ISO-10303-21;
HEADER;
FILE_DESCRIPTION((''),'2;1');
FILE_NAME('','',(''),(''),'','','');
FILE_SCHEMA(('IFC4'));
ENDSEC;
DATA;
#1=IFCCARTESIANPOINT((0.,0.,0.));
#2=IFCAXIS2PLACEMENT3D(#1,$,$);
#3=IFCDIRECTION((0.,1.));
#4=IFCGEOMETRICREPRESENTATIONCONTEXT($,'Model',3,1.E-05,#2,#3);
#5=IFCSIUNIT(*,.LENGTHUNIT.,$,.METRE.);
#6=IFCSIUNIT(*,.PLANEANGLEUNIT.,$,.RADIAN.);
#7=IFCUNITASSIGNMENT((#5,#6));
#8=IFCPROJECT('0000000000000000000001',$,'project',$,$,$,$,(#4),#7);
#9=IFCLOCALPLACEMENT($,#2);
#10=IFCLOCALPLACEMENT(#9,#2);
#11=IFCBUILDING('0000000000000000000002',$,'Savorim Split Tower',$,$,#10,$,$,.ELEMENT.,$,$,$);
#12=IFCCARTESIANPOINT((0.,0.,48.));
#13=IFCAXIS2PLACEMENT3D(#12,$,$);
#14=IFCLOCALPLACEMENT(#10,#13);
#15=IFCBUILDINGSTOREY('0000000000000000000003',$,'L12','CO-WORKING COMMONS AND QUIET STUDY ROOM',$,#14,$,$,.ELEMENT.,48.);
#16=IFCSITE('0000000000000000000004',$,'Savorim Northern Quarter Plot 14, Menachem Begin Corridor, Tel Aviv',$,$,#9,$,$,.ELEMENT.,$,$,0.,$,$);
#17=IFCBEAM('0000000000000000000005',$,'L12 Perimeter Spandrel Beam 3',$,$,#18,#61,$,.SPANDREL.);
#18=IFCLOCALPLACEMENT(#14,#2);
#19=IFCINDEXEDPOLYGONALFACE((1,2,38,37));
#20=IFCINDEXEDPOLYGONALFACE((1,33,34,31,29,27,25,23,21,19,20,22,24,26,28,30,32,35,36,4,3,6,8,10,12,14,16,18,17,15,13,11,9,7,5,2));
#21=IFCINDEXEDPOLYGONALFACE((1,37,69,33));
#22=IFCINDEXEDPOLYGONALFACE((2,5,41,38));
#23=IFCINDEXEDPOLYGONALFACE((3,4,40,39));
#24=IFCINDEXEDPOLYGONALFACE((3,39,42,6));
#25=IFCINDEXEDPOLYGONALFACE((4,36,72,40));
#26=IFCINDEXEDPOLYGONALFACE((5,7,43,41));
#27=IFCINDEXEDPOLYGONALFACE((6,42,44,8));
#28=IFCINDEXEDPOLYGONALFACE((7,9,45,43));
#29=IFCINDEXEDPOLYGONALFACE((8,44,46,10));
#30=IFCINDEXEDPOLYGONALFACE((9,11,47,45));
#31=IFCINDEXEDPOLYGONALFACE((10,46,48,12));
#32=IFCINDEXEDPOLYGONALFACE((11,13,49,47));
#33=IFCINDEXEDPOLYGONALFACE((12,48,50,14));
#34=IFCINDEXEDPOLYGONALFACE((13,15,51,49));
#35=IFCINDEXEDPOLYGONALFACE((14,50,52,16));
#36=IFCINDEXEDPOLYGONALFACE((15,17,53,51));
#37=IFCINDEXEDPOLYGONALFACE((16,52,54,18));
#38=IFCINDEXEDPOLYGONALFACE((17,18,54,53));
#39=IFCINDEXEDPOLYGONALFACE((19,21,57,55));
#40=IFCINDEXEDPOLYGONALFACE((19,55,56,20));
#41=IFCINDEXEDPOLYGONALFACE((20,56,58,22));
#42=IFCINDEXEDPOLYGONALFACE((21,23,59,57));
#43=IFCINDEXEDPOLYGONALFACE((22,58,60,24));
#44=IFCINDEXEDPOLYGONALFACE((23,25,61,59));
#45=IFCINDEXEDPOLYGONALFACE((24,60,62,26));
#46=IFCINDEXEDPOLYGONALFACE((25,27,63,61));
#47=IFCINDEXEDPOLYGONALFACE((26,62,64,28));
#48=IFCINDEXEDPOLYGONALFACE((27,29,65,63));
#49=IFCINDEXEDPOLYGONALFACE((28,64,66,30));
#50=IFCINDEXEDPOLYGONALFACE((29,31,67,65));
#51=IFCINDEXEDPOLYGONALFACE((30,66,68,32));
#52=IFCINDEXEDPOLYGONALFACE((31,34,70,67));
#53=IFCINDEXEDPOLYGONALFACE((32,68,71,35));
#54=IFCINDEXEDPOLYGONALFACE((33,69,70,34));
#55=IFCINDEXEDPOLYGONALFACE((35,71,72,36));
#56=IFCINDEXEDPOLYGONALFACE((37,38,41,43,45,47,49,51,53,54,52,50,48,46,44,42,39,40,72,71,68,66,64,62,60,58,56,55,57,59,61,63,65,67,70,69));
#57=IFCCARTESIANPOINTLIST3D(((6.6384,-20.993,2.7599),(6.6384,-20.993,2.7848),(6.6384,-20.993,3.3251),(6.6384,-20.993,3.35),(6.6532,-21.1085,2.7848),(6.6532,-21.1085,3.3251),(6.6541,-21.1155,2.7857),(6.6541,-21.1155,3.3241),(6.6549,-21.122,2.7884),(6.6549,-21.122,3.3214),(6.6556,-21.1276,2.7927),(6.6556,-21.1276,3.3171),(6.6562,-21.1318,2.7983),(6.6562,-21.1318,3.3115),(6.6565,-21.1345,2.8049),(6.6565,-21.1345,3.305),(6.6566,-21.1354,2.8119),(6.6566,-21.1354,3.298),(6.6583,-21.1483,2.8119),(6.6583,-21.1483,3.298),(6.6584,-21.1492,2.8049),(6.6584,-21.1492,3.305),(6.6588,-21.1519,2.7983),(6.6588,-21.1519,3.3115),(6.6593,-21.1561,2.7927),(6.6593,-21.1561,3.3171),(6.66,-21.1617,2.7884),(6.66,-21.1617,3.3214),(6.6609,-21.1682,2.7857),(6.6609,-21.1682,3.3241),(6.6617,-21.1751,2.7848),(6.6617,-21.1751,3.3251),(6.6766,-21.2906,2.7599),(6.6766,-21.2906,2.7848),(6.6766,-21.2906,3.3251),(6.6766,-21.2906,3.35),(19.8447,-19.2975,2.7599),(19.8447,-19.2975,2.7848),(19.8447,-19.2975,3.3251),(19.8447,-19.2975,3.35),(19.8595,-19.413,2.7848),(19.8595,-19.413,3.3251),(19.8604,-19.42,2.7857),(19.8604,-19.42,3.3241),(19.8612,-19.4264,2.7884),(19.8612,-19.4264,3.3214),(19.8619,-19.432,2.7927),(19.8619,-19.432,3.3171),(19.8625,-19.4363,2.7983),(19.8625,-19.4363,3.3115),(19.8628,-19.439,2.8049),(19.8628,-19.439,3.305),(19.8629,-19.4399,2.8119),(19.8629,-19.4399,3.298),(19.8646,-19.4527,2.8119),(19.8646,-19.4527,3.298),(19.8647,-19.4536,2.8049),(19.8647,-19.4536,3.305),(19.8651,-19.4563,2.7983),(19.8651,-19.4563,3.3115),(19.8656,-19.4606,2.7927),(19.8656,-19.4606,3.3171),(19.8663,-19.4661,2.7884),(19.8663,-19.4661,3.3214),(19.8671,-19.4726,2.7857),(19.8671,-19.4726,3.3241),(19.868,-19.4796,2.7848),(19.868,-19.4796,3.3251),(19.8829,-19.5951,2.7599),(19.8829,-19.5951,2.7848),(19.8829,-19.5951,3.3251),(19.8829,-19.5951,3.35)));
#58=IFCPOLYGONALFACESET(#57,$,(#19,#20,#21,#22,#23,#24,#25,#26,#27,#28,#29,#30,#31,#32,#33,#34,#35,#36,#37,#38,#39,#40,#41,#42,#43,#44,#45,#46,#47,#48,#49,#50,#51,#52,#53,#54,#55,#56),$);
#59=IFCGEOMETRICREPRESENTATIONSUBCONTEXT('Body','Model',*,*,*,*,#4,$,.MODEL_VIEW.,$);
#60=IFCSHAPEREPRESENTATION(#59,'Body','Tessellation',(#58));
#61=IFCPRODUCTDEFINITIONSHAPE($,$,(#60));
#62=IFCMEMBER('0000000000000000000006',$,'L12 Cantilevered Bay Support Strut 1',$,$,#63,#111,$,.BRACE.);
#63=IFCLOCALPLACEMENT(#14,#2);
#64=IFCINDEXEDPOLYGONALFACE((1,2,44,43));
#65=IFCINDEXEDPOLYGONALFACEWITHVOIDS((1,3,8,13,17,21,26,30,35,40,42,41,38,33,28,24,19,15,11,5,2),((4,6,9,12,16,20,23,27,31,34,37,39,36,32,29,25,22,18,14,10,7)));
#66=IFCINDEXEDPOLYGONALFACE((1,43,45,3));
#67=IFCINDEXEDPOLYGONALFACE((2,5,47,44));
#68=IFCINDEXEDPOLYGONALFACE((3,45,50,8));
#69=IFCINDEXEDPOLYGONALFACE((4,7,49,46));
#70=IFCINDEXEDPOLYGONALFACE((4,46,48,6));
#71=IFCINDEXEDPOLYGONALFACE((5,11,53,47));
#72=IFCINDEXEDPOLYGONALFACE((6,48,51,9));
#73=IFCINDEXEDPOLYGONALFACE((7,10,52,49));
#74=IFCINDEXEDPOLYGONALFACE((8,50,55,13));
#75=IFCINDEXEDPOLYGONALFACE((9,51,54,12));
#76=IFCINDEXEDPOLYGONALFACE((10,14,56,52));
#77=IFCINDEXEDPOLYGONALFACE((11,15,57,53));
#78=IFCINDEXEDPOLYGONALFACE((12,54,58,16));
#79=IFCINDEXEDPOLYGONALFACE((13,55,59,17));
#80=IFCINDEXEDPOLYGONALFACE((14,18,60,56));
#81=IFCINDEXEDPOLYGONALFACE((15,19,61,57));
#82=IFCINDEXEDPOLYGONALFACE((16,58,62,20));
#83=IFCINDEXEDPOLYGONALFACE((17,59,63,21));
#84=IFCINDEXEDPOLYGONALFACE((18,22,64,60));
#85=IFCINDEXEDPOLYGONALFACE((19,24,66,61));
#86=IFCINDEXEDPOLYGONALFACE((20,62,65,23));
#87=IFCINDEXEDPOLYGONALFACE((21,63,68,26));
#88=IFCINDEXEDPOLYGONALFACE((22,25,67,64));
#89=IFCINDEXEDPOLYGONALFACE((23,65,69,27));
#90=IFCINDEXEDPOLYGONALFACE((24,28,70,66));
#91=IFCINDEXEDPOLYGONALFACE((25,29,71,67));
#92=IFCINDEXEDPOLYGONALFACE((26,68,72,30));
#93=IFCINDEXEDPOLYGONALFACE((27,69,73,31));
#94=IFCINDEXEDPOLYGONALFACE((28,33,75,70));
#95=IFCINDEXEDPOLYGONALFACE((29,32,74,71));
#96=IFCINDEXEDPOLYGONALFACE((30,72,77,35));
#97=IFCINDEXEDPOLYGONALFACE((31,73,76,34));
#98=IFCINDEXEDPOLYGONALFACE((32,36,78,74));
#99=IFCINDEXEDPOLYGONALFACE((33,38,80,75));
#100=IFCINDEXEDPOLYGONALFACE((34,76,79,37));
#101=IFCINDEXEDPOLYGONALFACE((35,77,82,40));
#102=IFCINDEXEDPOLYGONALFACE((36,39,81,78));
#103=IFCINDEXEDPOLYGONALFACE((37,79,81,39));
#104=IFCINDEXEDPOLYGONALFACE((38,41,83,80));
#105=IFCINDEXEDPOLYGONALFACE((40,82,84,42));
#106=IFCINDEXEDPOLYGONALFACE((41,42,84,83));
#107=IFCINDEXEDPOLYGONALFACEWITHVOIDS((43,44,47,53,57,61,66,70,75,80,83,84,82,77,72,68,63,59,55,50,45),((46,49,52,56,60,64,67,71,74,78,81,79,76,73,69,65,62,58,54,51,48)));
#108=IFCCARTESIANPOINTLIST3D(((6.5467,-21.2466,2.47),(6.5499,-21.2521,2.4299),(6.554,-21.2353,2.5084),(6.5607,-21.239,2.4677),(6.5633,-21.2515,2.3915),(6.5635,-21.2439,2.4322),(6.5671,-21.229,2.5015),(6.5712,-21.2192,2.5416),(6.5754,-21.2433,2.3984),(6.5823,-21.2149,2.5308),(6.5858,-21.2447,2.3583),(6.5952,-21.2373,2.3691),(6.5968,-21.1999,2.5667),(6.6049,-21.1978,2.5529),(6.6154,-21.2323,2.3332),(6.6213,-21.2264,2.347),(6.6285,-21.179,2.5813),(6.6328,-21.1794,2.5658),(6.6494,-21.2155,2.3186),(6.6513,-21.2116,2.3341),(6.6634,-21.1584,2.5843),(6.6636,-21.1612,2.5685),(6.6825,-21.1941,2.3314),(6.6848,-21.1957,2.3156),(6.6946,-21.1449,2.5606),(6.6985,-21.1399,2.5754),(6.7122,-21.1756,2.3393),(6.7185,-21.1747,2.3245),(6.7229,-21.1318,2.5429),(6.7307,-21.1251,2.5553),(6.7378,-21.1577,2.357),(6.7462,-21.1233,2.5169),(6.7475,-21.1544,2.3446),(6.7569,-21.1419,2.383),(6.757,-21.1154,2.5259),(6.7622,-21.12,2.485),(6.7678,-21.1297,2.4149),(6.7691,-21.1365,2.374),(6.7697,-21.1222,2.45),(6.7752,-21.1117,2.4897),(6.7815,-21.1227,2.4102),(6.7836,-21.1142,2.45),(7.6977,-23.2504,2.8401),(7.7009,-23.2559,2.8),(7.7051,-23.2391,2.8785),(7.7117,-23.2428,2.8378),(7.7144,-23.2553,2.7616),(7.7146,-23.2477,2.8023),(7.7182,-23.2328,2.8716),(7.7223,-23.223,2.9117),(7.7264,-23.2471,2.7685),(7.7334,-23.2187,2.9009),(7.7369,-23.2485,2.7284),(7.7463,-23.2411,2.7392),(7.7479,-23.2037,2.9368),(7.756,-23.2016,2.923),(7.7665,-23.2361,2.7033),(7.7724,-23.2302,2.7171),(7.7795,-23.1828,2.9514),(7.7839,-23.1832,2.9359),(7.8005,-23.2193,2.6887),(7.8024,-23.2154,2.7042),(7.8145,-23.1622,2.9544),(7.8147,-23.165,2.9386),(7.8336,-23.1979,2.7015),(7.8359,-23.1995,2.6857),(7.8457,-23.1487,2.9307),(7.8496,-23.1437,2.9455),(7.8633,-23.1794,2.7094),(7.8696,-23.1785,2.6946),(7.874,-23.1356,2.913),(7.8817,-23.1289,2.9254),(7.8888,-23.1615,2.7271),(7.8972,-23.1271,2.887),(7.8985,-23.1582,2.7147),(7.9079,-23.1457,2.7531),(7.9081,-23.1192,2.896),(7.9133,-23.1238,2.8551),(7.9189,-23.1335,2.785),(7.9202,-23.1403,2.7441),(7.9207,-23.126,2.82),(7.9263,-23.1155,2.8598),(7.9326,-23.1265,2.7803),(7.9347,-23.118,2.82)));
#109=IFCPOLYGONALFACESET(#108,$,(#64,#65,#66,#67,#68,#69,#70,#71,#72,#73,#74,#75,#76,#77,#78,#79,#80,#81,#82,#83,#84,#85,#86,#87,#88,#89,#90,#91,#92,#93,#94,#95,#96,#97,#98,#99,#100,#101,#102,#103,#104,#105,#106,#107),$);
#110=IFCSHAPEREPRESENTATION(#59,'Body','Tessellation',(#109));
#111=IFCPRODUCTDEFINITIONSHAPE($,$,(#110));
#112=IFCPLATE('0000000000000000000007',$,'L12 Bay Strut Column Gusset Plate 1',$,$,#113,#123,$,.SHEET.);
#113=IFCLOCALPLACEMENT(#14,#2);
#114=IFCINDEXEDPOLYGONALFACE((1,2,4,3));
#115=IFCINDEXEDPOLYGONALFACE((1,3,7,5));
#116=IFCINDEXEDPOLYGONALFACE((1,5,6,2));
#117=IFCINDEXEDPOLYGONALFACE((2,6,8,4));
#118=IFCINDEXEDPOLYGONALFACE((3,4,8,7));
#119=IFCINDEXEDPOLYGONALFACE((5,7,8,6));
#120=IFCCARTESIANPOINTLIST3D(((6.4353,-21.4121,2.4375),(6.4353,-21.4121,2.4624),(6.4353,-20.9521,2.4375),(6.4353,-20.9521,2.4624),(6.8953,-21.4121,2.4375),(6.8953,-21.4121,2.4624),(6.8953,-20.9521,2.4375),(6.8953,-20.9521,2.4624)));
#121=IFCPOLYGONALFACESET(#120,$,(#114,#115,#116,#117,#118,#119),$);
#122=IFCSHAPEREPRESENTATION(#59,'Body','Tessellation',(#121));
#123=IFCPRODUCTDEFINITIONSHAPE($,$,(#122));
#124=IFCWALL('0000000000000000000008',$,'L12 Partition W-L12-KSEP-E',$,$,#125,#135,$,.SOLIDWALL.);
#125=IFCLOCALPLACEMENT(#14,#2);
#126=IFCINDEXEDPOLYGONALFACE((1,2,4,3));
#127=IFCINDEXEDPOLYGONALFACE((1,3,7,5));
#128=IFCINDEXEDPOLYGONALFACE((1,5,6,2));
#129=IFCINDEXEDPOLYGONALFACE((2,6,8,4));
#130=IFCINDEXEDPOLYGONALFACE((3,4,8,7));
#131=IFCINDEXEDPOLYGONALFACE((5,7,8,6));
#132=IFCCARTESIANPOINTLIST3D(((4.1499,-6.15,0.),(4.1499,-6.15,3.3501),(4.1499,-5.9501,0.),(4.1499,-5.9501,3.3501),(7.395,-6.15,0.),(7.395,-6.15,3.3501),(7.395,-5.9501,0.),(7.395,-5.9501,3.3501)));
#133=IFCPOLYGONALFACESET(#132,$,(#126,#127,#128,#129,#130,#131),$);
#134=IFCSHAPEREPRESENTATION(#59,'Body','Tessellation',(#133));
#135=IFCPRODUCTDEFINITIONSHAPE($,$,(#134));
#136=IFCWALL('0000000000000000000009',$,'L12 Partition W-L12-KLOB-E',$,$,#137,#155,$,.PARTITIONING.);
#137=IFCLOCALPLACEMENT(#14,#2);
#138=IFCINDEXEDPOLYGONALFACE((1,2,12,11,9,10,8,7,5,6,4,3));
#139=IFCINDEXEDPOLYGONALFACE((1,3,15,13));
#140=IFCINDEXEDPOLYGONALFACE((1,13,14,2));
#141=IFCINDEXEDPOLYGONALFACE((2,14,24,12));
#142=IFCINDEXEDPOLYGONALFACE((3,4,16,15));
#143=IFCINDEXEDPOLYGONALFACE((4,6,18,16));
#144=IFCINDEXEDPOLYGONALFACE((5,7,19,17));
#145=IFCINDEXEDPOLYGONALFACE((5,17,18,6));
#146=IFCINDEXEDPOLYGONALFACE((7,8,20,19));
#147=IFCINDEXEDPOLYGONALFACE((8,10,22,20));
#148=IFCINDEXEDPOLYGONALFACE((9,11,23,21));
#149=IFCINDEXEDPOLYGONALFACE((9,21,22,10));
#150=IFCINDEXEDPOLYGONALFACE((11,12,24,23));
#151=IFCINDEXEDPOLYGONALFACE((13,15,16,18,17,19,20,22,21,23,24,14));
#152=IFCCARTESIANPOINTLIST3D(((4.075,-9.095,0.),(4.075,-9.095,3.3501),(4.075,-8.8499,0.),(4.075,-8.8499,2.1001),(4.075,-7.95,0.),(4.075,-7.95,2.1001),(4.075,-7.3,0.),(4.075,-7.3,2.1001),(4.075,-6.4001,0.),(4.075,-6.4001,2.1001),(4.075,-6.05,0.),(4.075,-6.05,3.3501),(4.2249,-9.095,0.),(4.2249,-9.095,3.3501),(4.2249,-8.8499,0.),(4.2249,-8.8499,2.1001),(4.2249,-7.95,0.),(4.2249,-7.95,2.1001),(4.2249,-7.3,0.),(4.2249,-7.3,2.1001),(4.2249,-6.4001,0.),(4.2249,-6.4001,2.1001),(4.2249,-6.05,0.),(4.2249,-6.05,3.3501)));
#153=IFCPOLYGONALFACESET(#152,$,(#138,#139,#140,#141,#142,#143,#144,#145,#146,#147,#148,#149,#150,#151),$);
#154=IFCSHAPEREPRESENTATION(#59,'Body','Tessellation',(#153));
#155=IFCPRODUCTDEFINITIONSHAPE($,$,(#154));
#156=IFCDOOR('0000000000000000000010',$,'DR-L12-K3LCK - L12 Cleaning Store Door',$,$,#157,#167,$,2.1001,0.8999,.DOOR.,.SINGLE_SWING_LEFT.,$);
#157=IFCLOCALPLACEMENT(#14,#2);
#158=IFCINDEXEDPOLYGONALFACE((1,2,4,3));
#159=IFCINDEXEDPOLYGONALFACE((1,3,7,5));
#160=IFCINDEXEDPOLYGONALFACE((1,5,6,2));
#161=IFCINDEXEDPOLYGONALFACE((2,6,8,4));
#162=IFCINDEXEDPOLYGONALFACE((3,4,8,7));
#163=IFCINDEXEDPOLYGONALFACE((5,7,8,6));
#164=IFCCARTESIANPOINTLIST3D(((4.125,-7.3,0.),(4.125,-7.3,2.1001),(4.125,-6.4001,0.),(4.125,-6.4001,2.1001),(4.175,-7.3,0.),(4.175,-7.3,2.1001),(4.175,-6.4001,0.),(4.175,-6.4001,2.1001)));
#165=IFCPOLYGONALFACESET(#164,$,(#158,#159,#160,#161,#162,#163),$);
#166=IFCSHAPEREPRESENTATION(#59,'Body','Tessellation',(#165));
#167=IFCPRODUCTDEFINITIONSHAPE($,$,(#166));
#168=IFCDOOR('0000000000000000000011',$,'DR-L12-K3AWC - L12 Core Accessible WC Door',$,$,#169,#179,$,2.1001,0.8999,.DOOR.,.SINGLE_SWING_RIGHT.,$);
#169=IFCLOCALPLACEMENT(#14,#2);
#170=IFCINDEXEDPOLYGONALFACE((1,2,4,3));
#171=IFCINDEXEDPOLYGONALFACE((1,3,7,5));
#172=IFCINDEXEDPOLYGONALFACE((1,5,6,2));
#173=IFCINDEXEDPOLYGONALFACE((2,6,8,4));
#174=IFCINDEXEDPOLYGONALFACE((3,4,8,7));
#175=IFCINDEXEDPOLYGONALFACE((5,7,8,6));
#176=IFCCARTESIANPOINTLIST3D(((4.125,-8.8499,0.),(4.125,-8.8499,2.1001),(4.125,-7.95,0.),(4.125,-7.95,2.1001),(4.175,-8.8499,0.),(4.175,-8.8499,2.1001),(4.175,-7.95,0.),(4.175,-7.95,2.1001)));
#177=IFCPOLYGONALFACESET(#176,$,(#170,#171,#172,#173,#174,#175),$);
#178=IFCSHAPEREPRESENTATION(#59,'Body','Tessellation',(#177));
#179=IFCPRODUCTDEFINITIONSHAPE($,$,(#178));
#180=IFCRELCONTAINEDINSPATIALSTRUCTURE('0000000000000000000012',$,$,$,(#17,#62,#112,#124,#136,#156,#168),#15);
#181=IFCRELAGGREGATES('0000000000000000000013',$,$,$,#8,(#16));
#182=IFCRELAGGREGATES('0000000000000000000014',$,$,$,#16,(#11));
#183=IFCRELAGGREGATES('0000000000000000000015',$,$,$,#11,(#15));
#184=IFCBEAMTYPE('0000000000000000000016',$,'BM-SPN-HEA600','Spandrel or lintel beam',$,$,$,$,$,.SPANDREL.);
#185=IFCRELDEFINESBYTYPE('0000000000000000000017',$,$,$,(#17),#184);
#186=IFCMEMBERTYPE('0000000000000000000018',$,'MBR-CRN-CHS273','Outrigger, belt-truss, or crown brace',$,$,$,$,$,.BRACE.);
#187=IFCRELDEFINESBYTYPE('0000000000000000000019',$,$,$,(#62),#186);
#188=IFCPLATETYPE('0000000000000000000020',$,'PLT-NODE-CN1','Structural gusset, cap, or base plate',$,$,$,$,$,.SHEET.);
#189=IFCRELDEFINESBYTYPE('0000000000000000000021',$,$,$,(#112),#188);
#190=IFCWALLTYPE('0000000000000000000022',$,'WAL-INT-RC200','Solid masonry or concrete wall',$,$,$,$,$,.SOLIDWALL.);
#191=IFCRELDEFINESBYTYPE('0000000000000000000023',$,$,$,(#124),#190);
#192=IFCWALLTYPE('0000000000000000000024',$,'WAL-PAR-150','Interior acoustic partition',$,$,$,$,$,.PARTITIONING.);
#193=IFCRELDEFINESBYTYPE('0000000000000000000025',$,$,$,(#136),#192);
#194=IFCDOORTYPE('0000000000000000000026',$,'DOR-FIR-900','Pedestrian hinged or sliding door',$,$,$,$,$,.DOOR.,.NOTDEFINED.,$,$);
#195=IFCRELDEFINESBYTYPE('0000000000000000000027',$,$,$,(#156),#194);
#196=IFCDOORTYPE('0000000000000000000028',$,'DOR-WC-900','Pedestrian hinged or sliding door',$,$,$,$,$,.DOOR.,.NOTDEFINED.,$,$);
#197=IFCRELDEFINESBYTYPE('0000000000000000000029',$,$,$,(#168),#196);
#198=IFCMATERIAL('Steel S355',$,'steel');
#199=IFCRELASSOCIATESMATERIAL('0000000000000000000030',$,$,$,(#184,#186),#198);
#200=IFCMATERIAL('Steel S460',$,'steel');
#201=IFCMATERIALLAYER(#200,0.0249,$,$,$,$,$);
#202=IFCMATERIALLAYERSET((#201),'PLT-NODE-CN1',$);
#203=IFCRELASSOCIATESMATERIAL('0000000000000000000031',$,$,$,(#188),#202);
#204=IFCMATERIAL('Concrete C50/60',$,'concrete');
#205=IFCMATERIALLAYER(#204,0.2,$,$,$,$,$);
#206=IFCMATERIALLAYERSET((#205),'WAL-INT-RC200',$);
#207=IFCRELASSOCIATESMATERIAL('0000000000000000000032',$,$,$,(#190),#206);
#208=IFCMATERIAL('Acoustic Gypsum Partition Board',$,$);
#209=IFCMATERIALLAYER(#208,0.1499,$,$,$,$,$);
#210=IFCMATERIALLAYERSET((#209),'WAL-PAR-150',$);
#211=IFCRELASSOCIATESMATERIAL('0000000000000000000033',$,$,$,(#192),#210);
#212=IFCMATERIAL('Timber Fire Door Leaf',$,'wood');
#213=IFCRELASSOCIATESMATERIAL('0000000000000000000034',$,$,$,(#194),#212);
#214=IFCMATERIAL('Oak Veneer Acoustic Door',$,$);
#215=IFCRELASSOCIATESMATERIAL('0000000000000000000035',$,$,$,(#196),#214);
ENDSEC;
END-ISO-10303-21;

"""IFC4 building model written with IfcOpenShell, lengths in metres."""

from ifc_helpers import new_model, si_unit, direction, frame, frame_2d, origin, origin_2d, place, context, subcontext, project, spatial, rectangle, hollow_circle, i_section, extrude, material, layer, layer_set, material_profile, profile_set, type_object, element, fill, save


model = new_model("IFC4")

# Units and contexts
model_context = context("Model", 3, precision=1e-05, world=origin(), true_north=direction((0.0, 1.0)))
body_context = subcontext(model_context, "Body", "Model", "MODEL_VIEW")
ifc_project = project(units=[si_unit("LENGTHUNIT", "METRE"), si_unit("PLANEANGLEUNIT", "RADIAN")], contexts=[model_context])

# Site, building, storey
site_placement = place(None, origin())
site = spatial("IfcSite", under=ifc_project, at=site_placement, Name="Savorim Northern Quarter Plot 14, Menachem Begin Corridor, Tel Aviv", CompositionType="ELEMENT", RefElevation=0.0)
building_placement = place(site_placement, origin())
building = spatial("IfcBuilding", under=site, at=building_placement, Name="Savorim Split Tower", CompositionType="ELEMENT")
storey_placement = place(building_placement, frame((0.0, 0.0, 48.0)))
storey = spatial("IfcBuildingStorey", under=building, at=storey_placement, Name="L12", Description="CO-WORKING COMMONS AND QUIET STUDY ROOM", CompositionType="ELEMENT", Elevation=48.0)

# Shared definitions
ifc_material_1 = material(Name="Steel S460", Category="steel")

# Beam
ifc_material_2 = material(Name="Steel S355", Category="steel")
ifc_material_profile_1 = material_profile(ifc_material_2, i_section(OverallWidth=0.3, OverallDepth=0.5901, WebThickness=0.0129, FlangeThickness=0.0249, FilletRadius=0.0271, at=origin_2d()), Name="HEA 600")
ifc_profile_set_1 = profile_set([ifc_material_profile_1], Name="Steel S355")
beam_type_1 = type_object("IfcBeamType", Name="BM-SPN-HEA600", Description="Spandrel or lintel beam", PredefinedType="SPANDREL", material=ifc_profile_set_1)
beam_1_placement = place(storey_placement, frame((6.6575, -21.1418, 3.0549), z_axis=(0.991859, 0.127345, 0.0), x_axis=(-0.127345, 0.991859, 0.0)))
element("IfcBeam", 1, at=beam_1_placement, inside=storey, type_object=beam_type_1, Name="L12 Perimeter Spandrel Beam 3", PredefinedType="SPANDREL", context=body_context, shape_type="SweptSolid", body=[
    extrude(i_section(OverallWidth=0.3, OverallDepth=0.5901, WebThickness=0.0129, FlangeThickness=0.0249, FilletRadius=0.0271, at=origin_2d()), origin(), (0.0, 0.0, 1.0), 13.3147),
])

# Member
ifc_material_profile_2 = material_profile(ifc_material_2, hollow_circle(Radius=0.1365, WallThickness=0.0161, at=origin_2d()), Name="CHS 273x16")
ifc_profile_set_2 = profile_set([ifc_material_profile_2], Name="Steel S355")
member_type = type_object("IfcMemberType", Name="MBR-CRN-CHS273", Description="Outrigger, belt-truss, or crown brace", PredefinedType="BRACE", material=ifc_profile_set_2)
member_placement = place(storey_placement, frame((6.6653, -21.1821, 2.45), z_axis=(0.491838, -0.856205, 0.158139), x_axis=(0.867116, 0.498106, 0.0)))
element("IfcMember", 2, at=member_placement, inside=storey, type_object=member_type, Name="L12 Cantilevered Bay Support Strut 1", PredefinedType="BRACE", context=body_context, shape_type="SweptSolid", body=[
    extrude(hollow_circle(Radius=0.1365, WallThickness=0.0161, at=origin_2d()), origin(), (0.0, 0.0, 1.0), 2.3403),
])

# Plate
ifc_layer_1 = layer(ifc_material_1, 0.0249)
ifc_layer_set_1 = layer_set([ifc_layer_1], Name="PLT-NODE-CN1")
plate_type = type_object("IfcPlateType", Name="PLT-NODE-CN1", Description="Structural gusset, cap, or base plate", PredefinedType="SHEET", material=ifc_layer_set_1)
plate_placement = place(storey_placement, frame((6.6653, -21.1821, 2.4375), z_axis=(0.0, 0.0, 1.0), x_axis=(1.0, 0.0, 0.0)))
element("IfcPlate", 3, at=plate_placement, inside=storey, type_object=plate_type, Name="L12 Bay Strut Column Gusset Plate 1", PredefinedType="SHEET", context=body_context, shape_type="SweptSolid", body=[
    extrude(rectangle(XDim=0.46, YDim=0.46, at=origin_2d()), origin(), (0.0, 0.0, 1.0), 0.0249),
])

# Shared definitions
ifc_material_3 = material(Name="Concrete C50/60", Category="concrete")
ifc_layer_2 = layer(ifc_material_3, 0.2)
ifc_layer_set_2 = layer_set([ifc_layer_2], Name="WAL-INT-RC200")
wall_type_1 = type_object("IfcWallType", Name="WAL-INT-RC200", Description="Solid masonry or concrete wall", PredefinedType="SOLIDWALL", material=ifc_layer_set_2)

# Wall
wall_1_placement = place(storey_placement, frame((4.1499, -6.05, 0.0), z_axis=(0.0, 0.0, 1.0), x_axis=(1.0, 0.0, 0.0)))
element("IfcWall", 4, at=wall_1_placement, inside=storey, type_object=wall_type_1, Name="L12 Partition W-L12-KSEP-E", PredefinedType="SOLIDWALL", context=body_context, shape_type="SweptSolid", body=[
    extrude(rectangle(XDim=3.2451, YDim=0.2, at=frame_2d((1.6226, 0.0))), origin(), (0.0, 0.0, 1.0), 3.3501),
])

# Wall, openings, doors
ifc_material_4 = material(Name="Acoustic Gypsum Partition Board")
ifc_layer_3 = layer(ifc_material_4, 0.1499)
ifc_layer_set_3 = layer_set([ifc_layer_3], Name="WAL-PAR-150")
wall_type_2 = type_object("IfcWallType", Name="WAL-PAR-150", Description="Interior acoustic partition", PredefinedType="PARTITIONING", material=ifc_layer_set_3)
wall_2_placement = place(storey_placement, frame((4.1499, -9.095, 0.0), z_axis=(0.0, 0.0, 1.0), x_axis=(0.0, 1.0, 0.0)))
wall_2 = element("IfcWall", 5, at=wall_2_placement, inside=storey, type_object=wall_type_2, Name="L12 Partition W-L12-KLOB-E", PredefinedType="PARTITIONING", context=body_context, shape_type="SweptSolid", body=[
    extrude(rectangle(XDim=3.0449, YDim=0.1499, at=frame_2d((1.5225, 0.0))), origin(), (0.0, 0.0, 1.0), 3.3501),
])
opening_1_placement = place(wall_2_placement, frame((0.2451, 0.0, 0.0)))
opening_1 = element("IfcOpeningElement", 6, at=opening_1_placement, cuts=wall_2, PredefinedType="OPENING", context=body_context, shape_type="SweptSolid", body=[
    extrude(rectangle(XDim=0.8999, YDim=2.1001, at=frame_2d((0.45, 1.05))), frame((0.0, 0.085, 0.0), z_axis=(0.0, -1.0, 0.0), x_axis=(1.0, 0.0, 0.0)), (0.0, 0.0, 1.0), 0.1699),
])
opening_2_placement = place(wall_2_placement, frame((1.7949, 0.0, 0.0)))
opening_2 = element("IfcOpeningElement", 7, at=opening_2_placement, cuts=wall_2, PredefinedType="OPENING", context=body_context, shape_type="SweptSolid", body=[
    extrude(rectangle(XDim=0.8999, YDim=2.1001, at=frame_2d((0.45, 1.05))), frame((0.0, 0.085, 0.0), z_axis=(0.0, -1.0, 0.0), x_axis=(1.0, 0.0, 0.0)), (0.0, 0.0, 1.0), 0.1699),
])
ifc_material_5 = material(Name="Timber Fire Door Leaf", Category="wood")
door_type_1 = type_object("IfcDoorType", Name="DOR-FIR-900", Description="Pedestrian hinged or sliding door", OperationType="NOTDEFINED", PredefinedType="DOOR", material=ifc_material_5)
door_1_placement = place(opening_2_placement, origin())
door_1 = element("IfcDoor", 8, at=door_1_placement, inside=storey, type_object=door_type_1, Name="DR-L12-K3LCK - L12 Cleaning Store Door", OperationType="SINGLE_SWING_LEFT", OverallHeight=2.1001, OverallWidth=0.8999, PredefinedType="DOOR", context=body_context, shape_type="SweptSolid", body=[
    extrude(rectangle(XDim=0.8999, YDim=2.1001, at=frame_2d((0.45, 1.05))), frame((0.0, 0.0249, 0.0), z_axis=(0.0, -1.0, 0.0), x_axis=(1.0, 0.0, 0.0)), (0.0, 0.0, 1.0), 0.05),
])
fill(opening_2, door_1)
ifc_material_6 = material(Name="Oak Veneer Acoustic Door")
door_type_2 = type_object("IfcDoorType", Name="DOR-WC-900", Description="Pedestrian hinged or sliding door", OperationType="NOTDEFINED", PredefinedType="DOOR", material=ifc_material_6)
door_2_placement = place(opening_1_placement, origin())
door_2 = element("IfcDoor", 9, at=door_2_placement, inside=storey, type_object=door_type_2, Name="DR-L12-K3AWC - L12 Core Accessible WC Door", OperationType="SINGLE_SWING_RIGHT", OverallHeight=2.1001, OverallWidth=0.8999, PredefinedType="DOOR", context=body_context, shape_type="SweptSolid", body=[
    extrude(rectangle(XDim=0.8999, YDim=2.1001, at=frame_2d((0.45, 1.05))), frame((0.0, 0.0249, 0.0), z_axis=(0.0, -1.0, 0.0), x_axis=(1.0, 0.0, 0.0)), (0.0, 0.0, 1.0), 0.05),
])
fill(opening_1, door_2)

save(model, "model.ifc")
